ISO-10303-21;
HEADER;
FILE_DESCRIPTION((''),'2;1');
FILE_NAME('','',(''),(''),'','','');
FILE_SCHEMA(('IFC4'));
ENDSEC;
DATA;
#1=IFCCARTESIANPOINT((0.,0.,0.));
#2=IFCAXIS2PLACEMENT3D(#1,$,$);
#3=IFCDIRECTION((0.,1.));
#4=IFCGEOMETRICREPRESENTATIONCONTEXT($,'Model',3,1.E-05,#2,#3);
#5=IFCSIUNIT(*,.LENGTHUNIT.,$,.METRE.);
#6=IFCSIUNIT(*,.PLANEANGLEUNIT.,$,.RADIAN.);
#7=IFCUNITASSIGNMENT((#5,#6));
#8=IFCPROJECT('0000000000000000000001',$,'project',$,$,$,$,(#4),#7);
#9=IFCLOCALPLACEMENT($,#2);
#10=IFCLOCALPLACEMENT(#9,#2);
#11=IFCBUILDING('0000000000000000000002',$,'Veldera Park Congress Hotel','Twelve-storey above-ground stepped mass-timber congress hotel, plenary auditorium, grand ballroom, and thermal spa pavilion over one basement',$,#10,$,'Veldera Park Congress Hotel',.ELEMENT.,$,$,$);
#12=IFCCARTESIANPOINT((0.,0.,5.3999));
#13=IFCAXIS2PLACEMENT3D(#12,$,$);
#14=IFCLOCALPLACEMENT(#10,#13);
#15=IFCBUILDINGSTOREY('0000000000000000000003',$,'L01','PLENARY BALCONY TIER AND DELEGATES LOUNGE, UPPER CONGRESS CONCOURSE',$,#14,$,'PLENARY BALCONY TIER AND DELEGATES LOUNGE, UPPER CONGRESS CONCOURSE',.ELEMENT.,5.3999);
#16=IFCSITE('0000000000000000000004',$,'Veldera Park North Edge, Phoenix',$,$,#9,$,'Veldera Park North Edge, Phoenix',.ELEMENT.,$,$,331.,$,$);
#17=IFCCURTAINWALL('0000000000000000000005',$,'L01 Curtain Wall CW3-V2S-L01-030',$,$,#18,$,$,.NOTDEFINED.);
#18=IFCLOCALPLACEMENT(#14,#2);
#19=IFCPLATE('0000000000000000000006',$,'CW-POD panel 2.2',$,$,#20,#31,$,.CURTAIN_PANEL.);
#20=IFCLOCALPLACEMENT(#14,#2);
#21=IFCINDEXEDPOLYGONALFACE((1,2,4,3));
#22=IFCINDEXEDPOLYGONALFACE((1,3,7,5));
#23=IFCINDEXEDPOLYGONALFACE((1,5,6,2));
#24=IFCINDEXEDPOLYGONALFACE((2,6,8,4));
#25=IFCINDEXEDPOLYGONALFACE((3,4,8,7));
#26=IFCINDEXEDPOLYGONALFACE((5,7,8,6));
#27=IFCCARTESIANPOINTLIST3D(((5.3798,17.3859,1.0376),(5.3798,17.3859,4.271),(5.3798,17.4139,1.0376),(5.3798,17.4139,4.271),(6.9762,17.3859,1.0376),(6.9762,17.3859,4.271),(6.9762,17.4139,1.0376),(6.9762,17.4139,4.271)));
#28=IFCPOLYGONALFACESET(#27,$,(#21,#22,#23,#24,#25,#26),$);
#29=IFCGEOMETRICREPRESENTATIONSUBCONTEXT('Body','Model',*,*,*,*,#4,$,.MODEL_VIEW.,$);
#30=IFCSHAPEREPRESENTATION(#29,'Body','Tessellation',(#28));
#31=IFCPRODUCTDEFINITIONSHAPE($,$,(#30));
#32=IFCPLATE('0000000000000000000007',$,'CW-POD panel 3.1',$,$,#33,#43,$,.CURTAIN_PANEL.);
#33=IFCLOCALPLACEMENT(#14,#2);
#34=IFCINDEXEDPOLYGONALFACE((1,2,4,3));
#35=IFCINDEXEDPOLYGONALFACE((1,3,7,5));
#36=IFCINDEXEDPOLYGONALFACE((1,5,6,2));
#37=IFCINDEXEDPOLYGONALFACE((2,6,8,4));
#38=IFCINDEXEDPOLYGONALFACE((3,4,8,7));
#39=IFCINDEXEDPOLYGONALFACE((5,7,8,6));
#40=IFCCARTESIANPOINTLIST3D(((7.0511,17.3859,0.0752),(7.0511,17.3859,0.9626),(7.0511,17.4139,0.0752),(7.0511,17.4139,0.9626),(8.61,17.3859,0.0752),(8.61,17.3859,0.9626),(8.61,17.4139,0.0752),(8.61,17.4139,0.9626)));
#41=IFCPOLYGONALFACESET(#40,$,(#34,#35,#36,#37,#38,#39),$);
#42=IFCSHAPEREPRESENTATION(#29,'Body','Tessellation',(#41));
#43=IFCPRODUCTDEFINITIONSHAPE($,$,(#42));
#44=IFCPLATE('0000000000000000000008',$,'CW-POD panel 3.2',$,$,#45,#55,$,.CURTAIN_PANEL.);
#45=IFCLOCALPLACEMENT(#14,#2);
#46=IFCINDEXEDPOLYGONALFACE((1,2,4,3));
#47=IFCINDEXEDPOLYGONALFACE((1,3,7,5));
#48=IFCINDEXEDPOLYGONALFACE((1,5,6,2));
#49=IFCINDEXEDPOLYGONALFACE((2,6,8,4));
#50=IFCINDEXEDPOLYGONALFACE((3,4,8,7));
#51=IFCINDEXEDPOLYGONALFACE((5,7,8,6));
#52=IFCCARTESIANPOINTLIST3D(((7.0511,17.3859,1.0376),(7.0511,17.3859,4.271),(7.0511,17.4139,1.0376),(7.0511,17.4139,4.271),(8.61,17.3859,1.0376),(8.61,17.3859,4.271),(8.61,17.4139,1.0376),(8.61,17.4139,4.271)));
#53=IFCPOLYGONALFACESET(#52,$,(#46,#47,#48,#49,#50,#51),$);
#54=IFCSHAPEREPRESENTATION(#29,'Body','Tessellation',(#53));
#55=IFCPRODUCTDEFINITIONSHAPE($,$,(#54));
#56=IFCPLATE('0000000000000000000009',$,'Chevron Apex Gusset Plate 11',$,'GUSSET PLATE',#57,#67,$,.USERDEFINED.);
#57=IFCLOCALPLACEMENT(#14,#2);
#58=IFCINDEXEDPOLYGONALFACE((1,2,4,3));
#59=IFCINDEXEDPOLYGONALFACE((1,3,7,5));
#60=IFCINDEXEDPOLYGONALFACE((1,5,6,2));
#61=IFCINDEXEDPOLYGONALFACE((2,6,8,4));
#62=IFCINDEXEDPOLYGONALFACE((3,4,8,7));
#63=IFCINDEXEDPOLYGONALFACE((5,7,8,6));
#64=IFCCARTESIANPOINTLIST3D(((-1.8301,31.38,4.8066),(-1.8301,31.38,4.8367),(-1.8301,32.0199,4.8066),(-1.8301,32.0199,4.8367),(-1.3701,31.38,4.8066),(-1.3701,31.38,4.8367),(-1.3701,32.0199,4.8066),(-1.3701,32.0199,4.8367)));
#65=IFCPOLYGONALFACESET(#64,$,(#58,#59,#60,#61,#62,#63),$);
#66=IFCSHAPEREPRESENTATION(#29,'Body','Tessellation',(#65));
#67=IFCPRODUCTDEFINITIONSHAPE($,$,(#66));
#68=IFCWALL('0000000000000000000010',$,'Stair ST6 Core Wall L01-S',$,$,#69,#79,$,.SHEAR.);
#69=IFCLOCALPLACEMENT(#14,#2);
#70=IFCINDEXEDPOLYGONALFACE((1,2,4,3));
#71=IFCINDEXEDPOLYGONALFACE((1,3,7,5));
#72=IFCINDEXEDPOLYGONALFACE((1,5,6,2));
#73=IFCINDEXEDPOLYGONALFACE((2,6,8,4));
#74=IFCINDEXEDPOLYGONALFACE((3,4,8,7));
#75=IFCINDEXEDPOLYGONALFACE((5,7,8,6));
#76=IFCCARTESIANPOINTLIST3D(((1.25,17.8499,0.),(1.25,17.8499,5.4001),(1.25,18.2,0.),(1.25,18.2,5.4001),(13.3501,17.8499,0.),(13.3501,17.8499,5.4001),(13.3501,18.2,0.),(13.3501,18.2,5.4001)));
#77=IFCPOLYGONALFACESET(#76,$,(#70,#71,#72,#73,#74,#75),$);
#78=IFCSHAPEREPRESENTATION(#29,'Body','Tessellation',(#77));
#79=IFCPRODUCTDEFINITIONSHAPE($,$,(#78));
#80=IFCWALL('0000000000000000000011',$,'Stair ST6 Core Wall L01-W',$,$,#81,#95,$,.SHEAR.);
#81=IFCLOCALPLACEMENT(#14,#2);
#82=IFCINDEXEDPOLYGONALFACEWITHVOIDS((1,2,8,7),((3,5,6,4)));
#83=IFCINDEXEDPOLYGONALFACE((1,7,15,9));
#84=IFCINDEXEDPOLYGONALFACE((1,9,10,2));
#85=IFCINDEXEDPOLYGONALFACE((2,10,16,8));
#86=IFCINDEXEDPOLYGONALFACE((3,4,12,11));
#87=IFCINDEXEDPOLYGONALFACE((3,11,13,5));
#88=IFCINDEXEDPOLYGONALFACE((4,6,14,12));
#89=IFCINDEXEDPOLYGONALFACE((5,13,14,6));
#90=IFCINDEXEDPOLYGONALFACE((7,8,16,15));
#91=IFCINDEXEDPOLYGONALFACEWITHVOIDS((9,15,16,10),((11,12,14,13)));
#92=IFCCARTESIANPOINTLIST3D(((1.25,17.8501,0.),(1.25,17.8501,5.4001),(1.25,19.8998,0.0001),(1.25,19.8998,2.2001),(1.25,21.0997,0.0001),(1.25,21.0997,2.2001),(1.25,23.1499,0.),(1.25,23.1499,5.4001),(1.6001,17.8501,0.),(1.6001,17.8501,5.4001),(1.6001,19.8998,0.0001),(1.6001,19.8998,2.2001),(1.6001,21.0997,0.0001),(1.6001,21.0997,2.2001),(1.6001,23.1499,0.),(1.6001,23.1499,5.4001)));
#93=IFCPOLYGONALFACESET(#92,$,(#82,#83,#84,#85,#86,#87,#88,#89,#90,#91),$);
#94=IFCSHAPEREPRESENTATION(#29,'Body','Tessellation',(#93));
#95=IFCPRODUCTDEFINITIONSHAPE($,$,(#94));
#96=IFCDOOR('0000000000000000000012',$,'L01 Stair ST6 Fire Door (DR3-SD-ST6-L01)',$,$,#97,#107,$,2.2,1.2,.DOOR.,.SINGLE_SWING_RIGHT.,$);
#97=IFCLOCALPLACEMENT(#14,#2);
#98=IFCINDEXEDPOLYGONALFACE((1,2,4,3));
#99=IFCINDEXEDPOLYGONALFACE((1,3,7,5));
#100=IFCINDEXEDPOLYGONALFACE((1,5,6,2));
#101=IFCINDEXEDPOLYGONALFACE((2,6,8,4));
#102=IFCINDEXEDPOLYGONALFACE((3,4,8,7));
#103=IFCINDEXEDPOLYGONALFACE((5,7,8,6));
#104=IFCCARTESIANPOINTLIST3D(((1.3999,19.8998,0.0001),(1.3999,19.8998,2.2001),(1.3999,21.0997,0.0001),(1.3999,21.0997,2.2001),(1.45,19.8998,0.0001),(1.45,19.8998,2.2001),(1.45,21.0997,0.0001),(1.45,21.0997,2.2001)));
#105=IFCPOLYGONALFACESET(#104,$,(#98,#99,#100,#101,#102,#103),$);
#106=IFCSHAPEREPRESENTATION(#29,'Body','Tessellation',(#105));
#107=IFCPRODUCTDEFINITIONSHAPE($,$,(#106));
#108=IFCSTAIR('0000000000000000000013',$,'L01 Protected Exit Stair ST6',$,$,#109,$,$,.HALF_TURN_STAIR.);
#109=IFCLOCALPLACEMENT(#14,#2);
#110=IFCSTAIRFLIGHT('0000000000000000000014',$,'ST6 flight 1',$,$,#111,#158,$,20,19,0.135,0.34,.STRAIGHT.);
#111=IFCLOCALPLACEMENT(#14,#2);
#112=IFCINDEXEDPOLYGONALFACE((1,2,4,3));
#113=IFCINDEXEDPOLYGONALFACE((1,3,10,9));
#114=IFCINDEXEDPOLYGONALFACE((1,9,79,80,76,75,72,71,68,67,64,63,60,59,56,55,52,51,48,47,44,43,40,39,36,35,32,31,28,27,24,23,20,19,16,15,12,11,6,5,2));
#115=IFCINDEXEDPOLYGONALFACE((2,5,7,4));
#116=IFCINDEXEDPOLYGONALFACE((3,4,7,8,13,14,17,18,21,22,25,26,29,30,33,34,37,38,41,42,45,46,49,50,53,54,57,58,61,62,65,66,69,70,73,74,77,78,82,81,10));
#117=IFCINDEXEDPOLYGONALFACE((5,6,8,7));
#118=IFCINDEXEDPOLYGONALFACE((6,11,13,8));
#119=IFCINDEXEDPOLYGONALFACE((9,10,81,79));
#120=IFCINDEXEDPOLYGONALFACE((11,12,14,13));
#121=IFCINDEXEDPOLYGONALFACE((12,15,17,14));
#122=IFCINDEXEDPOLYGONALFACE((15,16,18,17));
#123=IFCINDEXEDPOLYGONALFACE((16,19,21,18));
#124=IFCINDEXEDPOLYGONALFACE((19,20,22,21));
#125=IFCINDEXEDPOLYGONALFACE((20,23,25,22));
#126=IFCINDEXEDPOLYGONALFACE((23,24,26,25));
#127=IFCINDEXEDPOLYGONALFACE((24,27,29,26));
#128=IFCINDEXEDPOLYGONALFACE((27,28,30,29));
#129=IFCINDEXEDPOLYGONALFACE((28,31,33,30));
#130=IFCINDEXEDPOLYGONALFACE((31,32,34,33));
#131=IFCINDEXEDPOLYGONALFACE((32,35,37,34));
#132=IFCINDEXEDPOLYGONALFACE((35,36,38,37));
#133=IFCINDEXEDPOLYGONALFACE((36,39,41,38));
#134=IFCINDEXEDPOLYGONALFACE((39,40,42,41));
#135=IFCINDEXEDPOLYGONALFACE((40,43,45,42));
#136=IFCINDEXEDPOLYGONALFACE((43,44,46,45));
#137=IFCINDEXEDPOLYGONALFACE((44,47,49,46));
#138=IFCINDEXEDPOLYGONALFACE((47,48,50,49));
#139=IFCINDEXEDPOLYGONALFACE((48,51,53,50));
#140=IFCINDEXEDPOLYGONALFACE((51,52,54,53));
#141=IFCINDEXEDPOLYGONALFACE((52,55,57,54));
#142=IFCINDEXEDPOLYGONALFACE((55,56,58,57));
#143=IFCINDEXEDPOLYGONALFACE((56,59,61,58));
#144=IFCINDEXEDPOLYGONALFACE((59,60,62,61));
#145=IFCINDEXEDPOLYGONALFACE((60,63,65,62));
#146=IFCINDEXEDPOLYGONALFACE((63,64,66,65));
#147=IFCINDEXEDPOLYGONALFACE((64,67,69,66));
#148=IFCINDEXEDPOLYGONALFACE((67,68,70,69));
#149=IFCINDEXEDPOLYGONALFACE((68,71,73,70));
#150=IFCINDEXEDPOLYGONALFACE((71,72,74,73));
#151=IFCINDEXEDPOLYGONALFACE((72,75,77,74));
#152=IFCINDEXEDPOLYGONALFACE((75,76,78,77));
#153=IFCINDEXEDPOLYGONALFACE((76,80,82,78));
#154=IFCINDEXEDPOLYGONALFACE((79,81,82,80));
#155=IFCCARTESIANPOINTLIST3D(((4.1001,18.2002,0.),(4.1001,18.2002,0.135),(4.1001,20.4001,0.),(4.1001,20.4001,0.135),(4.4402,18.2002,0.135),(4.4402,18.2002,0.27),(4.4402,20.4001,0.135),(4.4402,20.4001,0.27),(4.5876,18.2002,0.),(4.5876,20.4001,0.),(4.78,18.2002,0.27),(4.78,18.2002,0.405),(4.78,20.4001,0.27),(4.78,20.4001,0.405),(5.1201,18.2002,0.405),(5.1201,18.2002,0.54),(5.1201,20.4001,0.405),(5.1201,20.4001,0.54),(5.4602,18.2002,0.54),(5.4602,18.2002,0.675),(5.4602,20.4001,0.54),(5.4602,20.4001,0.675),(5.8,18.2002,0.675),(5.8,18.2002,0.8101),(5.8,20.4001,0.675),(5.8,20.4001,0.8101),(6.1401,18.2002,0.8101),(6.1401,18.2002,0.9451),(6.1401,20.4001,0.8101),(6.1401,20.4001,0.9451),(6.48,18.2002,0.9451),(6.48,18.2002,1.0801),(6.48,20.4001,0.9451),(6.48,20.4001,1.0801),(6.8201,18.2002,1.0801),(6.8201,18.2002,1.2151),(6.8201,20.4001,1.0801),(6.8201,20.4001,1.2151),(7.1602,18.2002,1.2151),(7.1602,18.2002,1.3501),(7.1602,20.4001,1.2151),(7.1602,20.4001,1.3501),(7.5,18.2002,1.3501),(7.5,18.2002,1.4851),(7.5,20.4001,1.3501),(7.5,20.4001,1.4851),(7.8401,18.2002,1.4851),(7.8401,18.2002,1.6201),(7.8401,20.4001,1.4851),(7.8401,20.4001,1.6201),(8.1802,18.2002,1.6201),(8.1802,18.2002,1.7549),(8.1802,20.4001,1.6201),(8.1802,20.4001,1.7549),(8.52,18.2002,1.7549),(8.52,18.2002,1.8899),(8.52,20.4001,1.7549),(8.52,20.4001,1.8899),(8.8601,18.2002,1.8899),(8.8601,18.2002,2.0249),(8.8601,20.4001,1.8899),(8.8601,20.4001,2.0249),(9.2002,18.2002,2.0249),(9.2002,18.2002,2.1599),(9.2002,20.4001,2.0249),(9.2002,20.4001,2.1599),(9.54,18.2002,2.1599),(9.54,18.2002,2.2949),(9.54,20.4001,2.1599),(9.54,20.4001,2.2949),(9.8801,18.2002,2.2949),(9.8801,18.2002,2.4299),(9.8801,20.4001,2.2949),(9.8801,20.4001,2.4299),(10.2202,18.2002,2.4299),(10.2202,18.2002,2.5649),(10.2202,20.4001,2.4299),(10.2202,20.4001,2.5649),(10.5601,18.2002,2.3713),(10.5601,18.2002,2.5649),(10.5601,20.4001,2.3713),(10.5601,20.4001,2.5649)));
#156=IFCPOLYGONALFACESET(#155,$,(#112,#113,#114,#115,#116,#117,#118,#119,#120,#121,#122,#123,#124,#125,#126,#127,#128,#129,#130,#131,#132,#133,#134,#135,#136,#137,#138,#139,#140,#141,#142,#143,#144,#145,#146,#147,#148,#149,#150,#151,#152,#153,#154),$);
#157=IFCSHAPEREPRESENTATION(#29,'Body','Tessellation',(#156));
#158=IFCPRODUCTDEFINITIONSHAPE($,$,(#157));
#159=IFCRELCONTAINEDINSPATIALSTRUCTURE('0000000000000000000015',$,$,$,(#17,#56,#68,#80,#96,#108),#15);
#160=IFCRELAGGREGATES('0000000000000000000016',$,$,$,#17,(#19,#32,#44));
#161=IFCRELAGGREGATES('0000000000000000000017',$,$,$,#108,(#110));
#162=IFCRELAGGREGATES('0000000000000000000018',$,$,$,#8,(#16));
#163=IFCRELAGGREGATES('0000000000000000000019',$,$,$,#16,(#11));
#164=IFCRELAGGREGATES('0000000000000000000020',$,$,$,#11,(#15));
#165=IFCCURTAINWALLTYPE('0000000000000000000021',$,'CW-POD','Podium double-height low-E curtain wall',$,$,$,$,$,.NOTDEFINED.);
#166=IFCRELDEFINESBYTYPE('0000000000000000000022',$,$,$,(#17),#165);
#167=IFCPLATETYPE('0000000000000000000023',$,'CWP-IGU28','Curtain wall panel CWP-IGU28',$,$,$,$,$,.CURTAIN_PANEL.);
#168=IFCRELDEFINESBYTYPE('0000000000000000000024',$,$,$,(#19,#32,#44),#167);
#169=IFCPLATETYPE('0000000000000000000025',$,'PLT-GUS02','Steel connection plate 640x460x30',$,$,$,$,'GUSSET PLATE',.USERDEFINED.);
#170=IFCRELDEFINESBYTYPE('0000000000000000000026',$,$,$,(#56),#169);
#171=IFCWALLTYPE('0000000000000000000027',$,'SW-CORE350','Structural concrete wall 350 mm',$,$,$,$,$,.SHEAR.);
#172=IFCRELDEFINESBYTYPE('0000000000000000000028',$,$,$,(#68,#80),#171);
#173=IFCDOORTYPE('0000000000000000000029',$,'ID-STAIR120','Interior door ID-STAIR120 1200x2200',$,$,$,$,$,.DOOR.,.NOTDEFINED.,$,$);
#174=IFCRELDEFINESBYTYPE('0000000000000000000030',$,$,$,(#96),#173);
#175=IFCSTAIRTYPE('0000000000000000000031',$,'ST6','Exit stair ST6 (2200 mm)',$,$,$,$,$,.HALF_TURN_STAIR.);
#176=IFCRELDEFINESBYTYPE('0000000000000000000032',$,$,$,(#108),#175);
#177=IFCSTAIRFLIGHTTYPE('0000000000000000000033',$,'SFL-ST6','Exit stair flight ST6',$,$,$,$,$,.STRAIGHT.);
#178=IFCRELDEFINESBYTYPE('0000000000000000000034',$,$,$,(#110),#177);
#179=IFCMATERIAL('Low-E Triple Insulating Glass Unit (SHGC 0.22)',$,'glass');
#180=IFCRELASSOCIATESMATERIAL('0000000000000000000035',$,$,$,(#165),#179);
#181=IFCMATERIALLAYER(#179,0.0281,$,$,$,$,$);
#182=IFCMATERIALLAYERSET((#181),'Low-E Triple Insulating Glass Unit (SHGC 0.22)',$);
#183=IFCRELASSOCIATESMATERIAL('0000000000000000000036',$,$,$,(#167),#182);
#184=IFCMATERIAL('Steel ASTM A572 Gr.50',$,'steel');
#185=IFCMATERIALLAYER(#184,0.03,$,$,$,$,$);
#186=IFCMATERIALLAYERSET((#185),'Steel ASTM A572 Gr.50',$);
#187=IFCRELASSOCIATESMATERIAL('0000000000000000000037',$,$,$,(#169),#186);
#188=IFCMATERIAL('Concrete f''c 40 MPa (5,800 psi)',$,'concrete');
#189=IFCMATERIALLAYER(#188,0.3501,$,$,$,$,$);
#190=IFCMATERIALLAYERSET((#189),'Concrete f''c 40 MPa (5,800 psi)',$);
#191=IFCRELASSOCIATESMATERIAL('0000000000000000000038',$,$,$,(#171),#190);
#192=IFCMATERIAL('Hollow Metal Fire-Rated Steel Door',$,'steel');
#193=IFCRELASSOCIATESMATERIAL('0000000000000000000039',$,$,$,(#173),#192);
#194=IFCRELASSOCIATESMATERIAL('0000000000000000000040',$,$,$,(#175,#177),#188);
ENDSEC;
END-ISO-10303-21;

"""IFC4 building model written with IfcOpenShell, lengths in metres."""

from ifc_helpers import new_model, si_unit, direction, frame, frame_2d, origin, origin_2d, place, context, subcontext, project, spatial, polyline, rectangle, outline, extrude, material, layer, layer_set, type_object, element, fill, aggregate, save


model = new_model("IFC4")

# Units and contexts
model_context = context("Model", 3, precision=1e-05, world=origin(), true_north=direction((0.0, 1.0)))
body_context = subcontext(model_context, "Body", "Model", "MODEL_VIEW")
ifc_project = project(units=[si_unit("LENGTHUNIT", "METRE"), si_unit("PLANEANGLEUNIT", "RADIAN")], contexts=[model_context])

# Site, building, storey
site_placement = place(None, origin())
site = spatial("IfcSite", under=ifc_project, at=site_placement, Name="Veldera Park North Edge, Phoenix", LongName="Veldera Park North Edge, Phoenix", CompositionType="ELEMENT", RefElevation=331.0)
building_placement = place(site_placement, origin())
building = spatial("IfcBuilding", under=site, at=building_placement, Name="Veldera Park Congress Hotel", Description="Twelve-storey above-ground stepped mass-timber congress hotel, plenary auditorium, grand ballroom, and thermal spa pavilion over one basement", LongName="Veldera Park Congress Hotel", CompositionType="ELEMENT")
storey_placement = place(building_placement, frame((0.0, 0.0, 5.3999)))
storey = spatial("IfcBuildingStorey", under=building, at=storey_placement, Name="L01", Description="PLENARY BALCONY TIER AND DELEGATES LOUNGE, UPPER CONGRESS CONCOURSE", LongName="PLENARY BALCONY TIER AND DELEGATES LOUNGE, UPPER CONGRESS CONCOURSE", CompositionType="ELEMENT", Elevation=5.3999)

# Curtain wall, plates
ifc_material_1 = material(Name="Low-E Triple Insulating Glass Unit (SHGC 0.22)", Category="glass")
curtain_wall_type = type_object("IfcCurtainWallType", Name="CW-POD", Description="Podium double-height low-E curtain wall", PredefinedType="NOTDEFINED", material=ifc_material_1)
curtain_wall_placement = place(storey_placement, origin())
curtain_wall = element("IfcCurtainWall", 1, at=curtain_wall_placement, inside=storey, type_object=curtain_wall_type, Name="L01 Curtain Wall CW3-V2S-L01-030", PredefinedType="NOTDEFINED")
ifc_layer_1 = layer(ifc_material_1, 0.0281)
ifc_layer_set_1 = layer_set([ifc_layer_1], Name="Low-E Triple Insulating Glass Unit (SHGC 0.22)")
plate_type_1 = type_object("IfcPlateType", Name="CWP-IGU28", Description="Curtain wall panel CWP-IGU28", PredefinedType="CURTAIN_PANEL", material=ifc_layer_set_1)
plate_1_placement = place(storey_placement, frame((6.178, 17.3999, 1.0376), z_axis=(0.0, 0.0, 1.0), x_axis=(1.0, 0.0, 0.0)))
plate_1 = element("IfcPlate", 2, at=plate_1_placement, type_object=plate_type_1, Name="CW-POD panel 2.2", PredefinedType="CURTAIN_PANEL", context=body_context, shape_type="SweptSolid", body=[
    extrude(rectangle(XDim=1.5964, YDim=0.0281, at=origin_2d()), origin(), (0.0, 0.0, 1.0), 3.2334),
])
plate_2_placement = place(storey_placement, frame((7.8306, 17.3999, 0.0752), z_axis=(0.0, 0.0, 1.0), x_axis=(1.0, 0.0, 0.0)))
plate_2 = element("IfcPlate", 3, at=plate_2_placement, type_object=plate_type_1, Name="CW-POD panel 3.1", PredefinedType="CURTAIN_PANEL", context=body_context, shape_type="SweptSolid", body=[
    extrude(rectangle(XDim=1.5588, YDim=0.0281, at=origin_2d()), origin(), (0.0, 0.0, 1.0), 0.8875),
])
plate_3_placement = place(storey_placement, frame((7.8306, 17.3999, 1.0376), z_axis=(0.0, 0.0, 1.0), x_axis=(1.0, 0.0, 0.0)))
plate_3 = element("IfcPlate", 4, at=plate_3_placement, type_object=plate_type_1, Name="CW-POD panel 3.2", PredefinedType="CURTAIN_PANEL", context=body_context, shape_type="SweptSolid", body=[
    extrude(rectangle(XDim=1.5588, YDim=0.0281, at=origin_2d()), origin(), (0.0, 0.0, 1.0), 3.2334),
])
aggregate(curtain_wall, [plate_1, plate_2, plate_3])

# Plate
ifc_material_2 = material(Name="Steel ASTM A572 Gr.50", Category="steel")
ifc_layer_2 = layer(ifc_material_2, 0.03)
ifc_layer_set_2 = layer_set([ifc_layer_2], Name="Steel ASTM A572 Gr.50")
plate_type_2 = type_object("IfcPlateType", Name="PLT-GUS02", Description="Steel connection plate 640x460x30", ElementType="GUSSET PLATE", PredefinedType="USERDEFINED", material=ifc_layer_set_2)
plate_4_placement = place(storey_placement, frame((-1.6001, 31.7, 4.8066), z_axis=(0.0, 0.0, 1.0), x_axis=(0.0, 1.0, 0.0)))
element("IfcPlate", 5, at=plate_4_placement, inside=storey, type_object=plate_type_2, Name="Chevron Apex Gusset Plate 11", ObjectType="GUSSET PLATE", PredefinedType="USERDEFINED", context=body_context, shape_type="SweptSolid", body=[
    extrude(rectangle(XDim=0.6399, YDim=0.46, at=origin_2d()), origin(), (0.0, 0.0, 1.0), 0.03),
])

# Wall
ifc_material_3 = material(Name="Concrete f'c 40 MPa (5,800 psi)", Category="concrete")
ifc_layer_3 = layer(ifc_material_3, 0.3501)
ifc_layer_set_3 = layer_set([ifc_layer_3], Name="Concrete f'c 40 MPa (5,800 psi)")
wall_type = type_object("IfcWallType", Name="SW-CORE350", Description="Structural concrete wall 350 mm", PredefinedType="SHEAR", material=ifc_layer_set_3)
wall_1_placement = place(storey_placement, frame((1.25, 18.0249, 0.0), z_axis=(0.0, 0.0, 1.0), x_axis=(1.0, 0.0, 0.0)))
element("IfcWall", 6, at=wall_1_placement, inside=storey, type_object=wall_type, Name="Stair ST6 Core Wall L01-S", PredefinedType="SHEAR", context=body_context, shape_type="SweptSolid", body=[
    extrude(rectangle(XDim=12.1001, YDim=0.3501, at=frame_2d((6.05, 0.0))), origin(), (0.0, 0.0, 1.0), 5.4001),
])

# Wall, opening, door
wall_2_placement = place(storey_placement, frame((1.425, 23.1499, 0.0), z_axis=(0.0, 0.0, 1.0), x_axis=(0.0, -1.0, 0.0)))
wall_2 = element("IfcWall", 7, at=wall_2_placement, inside=storey, type_object=wall_type, Name="Stair ST6 Core Wall L01-W", PredefinedType="SHEAR", context=body_context, shape_type="SweptSolid", body=[
    extrude(rectangle(XDim=5.2998, YDim=0.3501, at=frame_2d((2.6499, 0.0))), origin(), (0.0, 0.0, 1.0), 5.4001),
])
opening_placement = place(wall_2_placement, frame((2.05, 0.0, 0.0)))
opening = element("IfcOpeningElement", 8, at=opening_placement, cuts=wall_2, PredefinedType="OPENING", context=body_context, shape_type="SweptSolid", body=[
    extrude(rectangle(XDim=1.2, YDim=2.2, at=frame_2d((0.6001, 1.1001))), frame((0.0, 0.187, 0.0), z_axis=(0.0, -1.0, 0.0), x_axis=(1.0, 0.0, 0.0)), (0.0, 0.0, 1.0), 0.374),
])
ifc_material_4 = material(Name="Hollow Metal Fire-Rated Steel Door", Category="steel")
door_type = type_object("IfcDoorType", Name="ID-STAIR120", Description="Interior door ID-STAIR120 1200x2200", OperationType="NOTDEFINED", PredefinedType="DOOR", material=ifc_material_4)
door_placement = place(opening_placement, origin())
door = element("IfcDoor", 9, at=door_placement, inside=storey, type_object=door_type, Name="L01 Stair ST6 Fire Door (DR3-SD-ST6-L01)", OperationType="SINGLE_SWING_RIGHT", OverallHeight=2.2, OverallWidth=1.2, PredefinedType="DOOR", context=body_context, shape_type="SweptSolid", body=[
    extrude(rectangle(XDim=1.2, YDim=2.2, at=frame_2d((0.6001, 1.1001))), frame((0.0, 0.0249, 0.0), z_axis=(0.0, -1.0, 0.0), x_axis=(1.0, 0.0, 0.0)), (0.0, 0.0, 1.0), 0.05),
])
fill(opening, door)

# Stair, stair flight
stair_type = type_object("IfcStairType", Name="ST6", Description="Exit stair ST6 (2200 mm)", PredefinedType="HALF_TURN_STAIR", material=ifc_material_3)
stair_placement = place(storey_placement, origin())
stair = element("IfcStair", 10, at=stair_placement, inside=storey, type_object=stair_type, Name="L01 Protected Exit Stair ST6", PredefinedType="HALF_TURN_STAIR")
stair_flight_type = type_object("IfcStairFlightType", Name="SFL-ST6", Description="Exit stair flight ST6", PredefinedType="STRAIGHT", material=ifc_material_3)
stair_flight_placement = place(storey_placement, frame((4.1001, 19.3, 0.0), z_axis=(0.0, 0.0, 1.0), x_axis=(1.0, 0.0, 0.0)))
stair_flight = element("IfcStairFlight", 11, at=stair_flight_placement, type_object=stair_flight_type, Name="ST6 flight 1", NumberOfRisers=20, NumberOfTreads=19, PredefinedType="STRAIGHT", RiserHeight=0.135, TreadLength=0.34, context=body_context, shape_type="SweptSolid", body=[
    extrude(outline(polyline([(0.0, 0.0), (0.0, 0.135), (0.3401, 0.135), (0.3401, 0.27), (0.6799, 0.27), (0.6799, 0.405), (1.02, 0.405), (1.02, 0.54), (1.3601, 0.54), (1.3601, 0.675), (1.7, 0.675), (1.7, 0.8101), (2.04, 0.8101), (2.04, 0.9451), (2.3799, 0.9451), (2.3799, 1.0801), (2.72, 1.0801), (2.72, 1.2151), (3.0601, 1.2151), (3.0601, 1.3501), (3.3999, 1.3501), (3.3999, 1.4851), (3.74, 1.4851), (3.74, 1.6201), (4.0801, 1.6201), (4.0801, 1.7549), (4.4199, 1.7549), (4.4199, 1.8899), (4.76, 1.8899), (4.76, 2.0249), (5.1001, 2.0249), (5.1001, 2.1599), (5.4399, 2.1599), (5.4399, 2.2949), (5.78, 2.2949), (5.78, 2.4299), (6.1201, 2.4299), (6.1201, 2.5649), (6.46, 2.5649), (6.46, 2.7), (6.46, 2.7), (6.46, 2.3713), (0.4875, 0.0), (0.0, 0.0)])), frame((0.0, 1.1001, 0.0), z_axis=(0.0, -1.0, 0.0), x_axis=(1.0, 0.0, 0.0)), (0.0, 0.0, 1.0), 2.2),
])
aggregate(stair, [stair_flight])

save(model, "model.ifc")
